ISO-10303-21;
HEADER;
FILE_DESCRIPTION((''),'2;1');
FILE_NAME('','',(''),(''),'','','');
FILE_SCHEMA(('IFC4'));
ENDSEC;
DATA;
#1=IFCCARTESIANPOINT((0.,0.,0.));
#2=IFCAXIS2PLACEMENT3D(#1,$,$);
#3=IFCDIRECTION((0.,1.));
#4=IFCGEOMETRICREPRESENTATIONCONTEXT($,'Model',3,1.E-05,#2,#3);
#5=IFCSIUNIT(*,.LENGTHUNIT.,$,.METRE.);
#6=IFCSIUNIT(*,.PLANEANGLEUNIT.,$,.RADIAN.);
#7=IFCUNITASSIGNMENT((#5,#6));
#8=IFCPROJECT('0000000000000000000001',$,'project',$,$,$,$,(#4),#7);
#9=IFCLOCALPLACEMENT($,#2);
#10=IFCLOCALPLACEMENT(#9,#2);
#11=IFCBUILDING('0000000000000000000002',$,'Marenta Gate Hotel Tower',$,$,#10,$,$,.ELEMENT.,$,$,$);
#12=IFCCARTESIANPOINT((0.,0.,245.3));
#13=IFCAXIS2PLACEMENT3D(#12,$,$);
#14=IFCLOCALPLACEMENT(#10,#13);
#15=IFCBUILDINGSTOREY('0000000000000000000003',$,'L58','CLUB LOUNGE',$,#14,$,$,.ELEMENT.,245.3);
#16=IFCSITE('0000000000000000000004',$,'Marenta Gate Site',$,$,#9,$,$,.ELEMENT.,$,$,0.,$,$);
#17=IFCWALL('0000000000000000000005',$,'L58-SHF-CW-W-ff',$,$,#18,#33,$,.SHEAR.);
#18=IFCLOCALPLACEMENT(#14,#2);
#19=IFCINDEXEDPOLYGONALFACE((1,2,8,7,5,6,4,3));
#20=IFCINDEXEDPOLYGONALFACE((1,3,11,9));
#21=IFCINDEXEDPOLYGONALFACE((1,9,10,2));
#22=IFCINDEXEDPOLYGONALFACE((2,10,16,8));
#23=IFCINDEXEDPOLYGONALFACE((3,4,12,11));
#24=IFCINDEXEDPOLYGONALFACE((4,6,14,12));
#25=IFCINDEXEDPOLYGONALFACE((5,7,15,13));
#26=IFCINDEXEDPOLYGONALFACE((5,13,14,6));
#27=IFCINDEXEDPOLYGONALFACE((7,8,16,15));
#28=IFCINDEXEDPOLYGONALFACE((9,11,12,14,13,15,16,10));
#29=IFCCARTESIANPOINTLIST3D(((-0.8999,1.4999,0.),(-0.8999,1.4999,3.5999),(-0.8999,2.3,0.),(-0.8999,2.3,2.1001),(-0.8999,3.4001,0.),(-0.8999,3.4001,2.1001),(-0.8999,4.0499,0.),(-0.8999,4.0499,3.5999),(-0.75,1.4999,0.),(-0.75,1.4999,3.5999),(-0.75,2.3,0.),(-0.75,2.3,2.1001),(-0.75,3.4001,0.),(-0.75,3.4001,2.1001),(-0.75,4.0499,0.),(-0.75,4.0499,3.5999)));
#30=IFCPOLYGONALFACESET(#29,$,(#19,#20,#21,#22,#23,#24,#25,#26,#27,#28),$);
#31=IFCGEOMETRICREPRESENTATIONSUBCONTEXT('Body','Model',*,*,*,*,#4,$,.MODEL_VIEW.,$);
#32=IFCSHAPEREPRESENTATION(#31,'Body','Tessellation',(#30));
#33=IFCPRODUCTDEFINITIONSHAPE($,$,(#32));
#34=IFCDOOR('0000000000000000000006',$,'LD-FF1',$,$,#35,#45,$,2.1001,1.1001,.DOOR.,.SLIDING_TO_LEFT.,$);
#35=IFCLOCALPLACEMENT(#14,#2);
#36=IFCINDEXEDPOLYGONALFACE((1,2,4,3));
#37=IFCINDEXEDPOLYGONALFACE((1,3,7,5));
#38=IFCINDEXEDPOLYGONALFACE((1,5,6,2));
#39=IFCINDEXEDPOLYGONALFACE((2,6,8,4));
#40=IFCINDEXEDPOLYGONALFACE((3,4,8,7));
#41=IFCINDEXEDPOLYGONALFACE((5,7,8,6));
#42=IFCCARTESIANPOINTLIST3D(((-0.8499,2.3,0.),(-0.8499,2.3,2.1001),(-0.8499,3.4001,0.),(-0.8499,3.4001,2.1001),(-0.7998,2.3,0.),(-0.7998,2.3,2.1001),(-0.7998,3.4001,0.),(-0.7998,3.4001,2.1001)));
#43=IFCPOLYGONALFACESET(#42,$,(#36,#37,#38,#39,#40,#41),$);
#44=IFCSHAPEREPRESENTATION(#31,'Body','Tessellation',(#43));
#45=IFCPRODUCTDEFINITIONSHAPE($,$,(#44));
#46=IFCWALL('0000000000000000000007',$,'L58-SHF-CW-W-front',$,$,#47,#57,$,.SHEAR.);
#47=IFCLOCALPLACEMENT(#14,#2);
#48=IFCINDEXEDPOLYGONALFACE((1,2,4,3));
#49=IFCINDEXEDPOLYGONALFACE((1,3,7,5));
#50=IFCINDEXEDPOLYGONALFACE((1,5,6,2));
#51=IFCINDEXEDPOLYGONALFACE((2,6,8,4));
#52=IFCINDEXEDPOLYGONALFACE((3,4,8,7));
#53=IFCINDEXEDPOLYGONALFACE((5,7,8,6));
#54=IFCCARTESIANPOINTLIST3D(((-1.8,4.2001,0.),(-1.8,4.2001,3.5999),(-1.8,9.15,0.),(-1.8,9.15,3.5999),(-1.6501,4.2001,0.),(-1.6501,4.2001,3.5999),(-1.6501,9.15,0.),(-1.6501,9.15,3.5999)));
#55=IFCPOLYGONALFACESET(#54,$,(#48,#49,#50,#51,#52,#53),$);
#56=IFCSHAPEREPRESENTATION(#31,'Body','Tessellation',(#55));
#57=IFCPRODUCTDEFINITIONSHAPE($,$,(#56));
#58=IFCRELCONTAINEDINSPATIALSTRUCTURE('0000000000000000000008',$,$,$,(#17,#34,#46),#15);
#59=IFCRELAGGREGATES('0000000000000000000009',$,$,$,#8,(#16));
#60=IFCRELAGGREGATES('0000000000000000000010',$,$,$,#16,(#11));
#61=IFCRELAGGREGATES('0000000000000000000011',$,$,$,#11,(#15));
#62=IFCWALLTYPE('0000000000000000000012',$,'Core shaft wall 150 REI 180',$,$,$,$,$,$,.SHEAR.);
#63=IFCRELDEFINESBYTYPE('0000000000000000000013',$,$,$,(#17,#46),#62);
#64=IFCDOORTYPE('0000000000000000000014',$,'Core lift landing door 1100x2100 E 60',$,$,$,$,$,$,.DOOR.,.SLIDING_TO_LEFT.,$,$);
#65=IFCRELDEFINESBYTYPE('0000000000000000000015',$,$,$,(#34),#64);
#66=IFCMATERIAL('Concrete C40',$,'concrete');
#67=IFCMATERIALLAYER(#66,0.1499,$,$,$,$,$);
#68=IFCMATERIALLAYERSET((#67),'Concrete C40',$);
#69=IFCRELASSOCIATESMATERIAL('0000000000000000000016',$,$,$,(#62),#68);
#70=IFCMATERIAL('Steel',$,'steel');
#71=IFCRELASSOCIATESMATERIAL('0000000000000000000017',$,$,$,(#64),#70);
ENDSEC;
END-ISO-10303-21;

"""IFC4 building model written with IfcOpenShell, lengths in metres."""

from ifc_helpers import new_model, si_unit, direction, frame, frame_2d, origin, place, context, subcontext, project, spatial, rectangle, extrude, material, layer, layer_set, type_object, element, fill, save


model = new_model("IFC4")

# Units and contexts
model_context = context("Model", 3, precision=1e-05, world=origin(), true_north=direction((0.0, 1.0)))
body_context = subcontext(model_context, "Body", "Model", "MODEL_VIEW")
ifc_project = project(units=[si_unit("LENGTHUNIT", "METRE"), si_unit("PLANEANGLEUNIT", "RADIAN")], contexts=[model_context])

# Site, building, storey
site_placement = place(None, origin())
site = spatial("IfcSite", under=ifc_project, at=site_placement, Name="Marenta Gate Site", CompositionType="ELEMENT", RefElevation=0.0)
building_placement = place(site_placement, origin())
building = spatial("IfcBuilding", under=site, at=building_placement, Name="Marenta Gate Hotel Tower", CompositionType="ELEMENT")
storey_placement = place(building_placement, frame((0.0, 0.0, 245.3)))
storey = spatial("IfcBuildingStorey", under=building, at=storey_placement, Name="L58", Description="CLUB LOUNGE", CompositionType="ELEMENT", Elevation=245.3)

# Wall, opening, door
ifc_material_1 = material(Name="Concrete C40", Category="concrete")
ifc_layer_1 = layer(ifc_material_1, 0.1499)
ifc_layer_set_1 = layer_set([ifc_layer_1], Name="Concrete C40")
wall_type = type_object("IfcWallType", Name="Core shaft wall 150 REI 180", PredefinedType="SHEAR", material=ifc_layer_set_1)
wall_1_placement = place(storey_placement, frame((-0.825, 1.5, 0.0), z_axis=(0.0, 0.0, 1.0), x_axis=(0.0, 1.0, 0.0)))
wall_1 = element("IfcWall", 1, at=wall_1_placement, inside=storey, type_object=wall_type, Name="L58-SHF-CW-W-ff", PredefinedType="SHEAR", context=body_context, shape_type="SweptSolid", body=[
    extrude(rectangle(XDim=2.55, YDim=0.1499, at=frame_2d((1.2749, 0.0))), origin(), (0.0, 0.0, 1.0), 3.5999),
])
opening_placement = place(wall_1_placement, frame((0.8, 0.0, 0.0)))
opening = element("IfcOpeningElement", 2, at=opening_placement, cuts=wall_1, PredefinedType="OPENING", context=body_context, shape_type="SweptSolid", body=[
    extrude(rectangle(XDim=1.1001, YDim=2.1001, at=frame_2d((0.55, 1.05))), frame((0.0, 0.075, 0.0), z_axis=(0.0, -1.0, 0.0), x_axis=(1.0, 0.0, 0.0)), (0.0, 0.0, 1.0), 0.1499),
])
ifc_material_2 = material(Name="Steel", Category="steel")
door_type = type_object("IfcDoorType", Name="Core lift landing door 1100x2100 E 60", OperationType="SLIDING_TO_LEFT", PredefinedType="DOOR", material=ifc_material_2)
door_placement = place(opening_placement, origin())
door = element("IfcDoor", 3, at=door_placement, inside=storey, type_object=door_type, Name="LD-FF1", OperationType="SLIDING_TO_LEFT", OverallHeight=2.1001, OverallWidth=1.1001, PredefinedType="DOOR", context=body_context, shape_type="SweptSolid", body=[
    extrude(rectangle(XDim=1.1001, YDim=2.1001, at=frame_2d((0.55, 1.05))), frame((0.0, 0.0249, 0.0), z_axis=(0.0, -1.0, 0.0), x_axis=(1.0, 0.0, 0.0)), (0.0, 0.0, 1.0), 0.05),
])
fill(opening, door)

# Wall
wall_2_placement = place(storey_placement, frame((-1.7251, 4.2, 0.0), z_axis=(0.0, 0.0, 1.0), x_axis=(0.0, 1.0, 0.0)))
element("IfcWall", 4, at=wall_2_placement, inside=storey, type_object=wall_type, Name="L58-SHF-CW-W-front", PredefinedType="SHEAR", context=body_context, shape_type="SweptSolid", body=[
    extrude(rectangle(XDim=4.95, YDim=0.1499, at=frame_2d((2.4751, 0.0))), origin(), (0.0, 0.0, 1.0), 3.5999),
])

save(model, "model.ifc")
